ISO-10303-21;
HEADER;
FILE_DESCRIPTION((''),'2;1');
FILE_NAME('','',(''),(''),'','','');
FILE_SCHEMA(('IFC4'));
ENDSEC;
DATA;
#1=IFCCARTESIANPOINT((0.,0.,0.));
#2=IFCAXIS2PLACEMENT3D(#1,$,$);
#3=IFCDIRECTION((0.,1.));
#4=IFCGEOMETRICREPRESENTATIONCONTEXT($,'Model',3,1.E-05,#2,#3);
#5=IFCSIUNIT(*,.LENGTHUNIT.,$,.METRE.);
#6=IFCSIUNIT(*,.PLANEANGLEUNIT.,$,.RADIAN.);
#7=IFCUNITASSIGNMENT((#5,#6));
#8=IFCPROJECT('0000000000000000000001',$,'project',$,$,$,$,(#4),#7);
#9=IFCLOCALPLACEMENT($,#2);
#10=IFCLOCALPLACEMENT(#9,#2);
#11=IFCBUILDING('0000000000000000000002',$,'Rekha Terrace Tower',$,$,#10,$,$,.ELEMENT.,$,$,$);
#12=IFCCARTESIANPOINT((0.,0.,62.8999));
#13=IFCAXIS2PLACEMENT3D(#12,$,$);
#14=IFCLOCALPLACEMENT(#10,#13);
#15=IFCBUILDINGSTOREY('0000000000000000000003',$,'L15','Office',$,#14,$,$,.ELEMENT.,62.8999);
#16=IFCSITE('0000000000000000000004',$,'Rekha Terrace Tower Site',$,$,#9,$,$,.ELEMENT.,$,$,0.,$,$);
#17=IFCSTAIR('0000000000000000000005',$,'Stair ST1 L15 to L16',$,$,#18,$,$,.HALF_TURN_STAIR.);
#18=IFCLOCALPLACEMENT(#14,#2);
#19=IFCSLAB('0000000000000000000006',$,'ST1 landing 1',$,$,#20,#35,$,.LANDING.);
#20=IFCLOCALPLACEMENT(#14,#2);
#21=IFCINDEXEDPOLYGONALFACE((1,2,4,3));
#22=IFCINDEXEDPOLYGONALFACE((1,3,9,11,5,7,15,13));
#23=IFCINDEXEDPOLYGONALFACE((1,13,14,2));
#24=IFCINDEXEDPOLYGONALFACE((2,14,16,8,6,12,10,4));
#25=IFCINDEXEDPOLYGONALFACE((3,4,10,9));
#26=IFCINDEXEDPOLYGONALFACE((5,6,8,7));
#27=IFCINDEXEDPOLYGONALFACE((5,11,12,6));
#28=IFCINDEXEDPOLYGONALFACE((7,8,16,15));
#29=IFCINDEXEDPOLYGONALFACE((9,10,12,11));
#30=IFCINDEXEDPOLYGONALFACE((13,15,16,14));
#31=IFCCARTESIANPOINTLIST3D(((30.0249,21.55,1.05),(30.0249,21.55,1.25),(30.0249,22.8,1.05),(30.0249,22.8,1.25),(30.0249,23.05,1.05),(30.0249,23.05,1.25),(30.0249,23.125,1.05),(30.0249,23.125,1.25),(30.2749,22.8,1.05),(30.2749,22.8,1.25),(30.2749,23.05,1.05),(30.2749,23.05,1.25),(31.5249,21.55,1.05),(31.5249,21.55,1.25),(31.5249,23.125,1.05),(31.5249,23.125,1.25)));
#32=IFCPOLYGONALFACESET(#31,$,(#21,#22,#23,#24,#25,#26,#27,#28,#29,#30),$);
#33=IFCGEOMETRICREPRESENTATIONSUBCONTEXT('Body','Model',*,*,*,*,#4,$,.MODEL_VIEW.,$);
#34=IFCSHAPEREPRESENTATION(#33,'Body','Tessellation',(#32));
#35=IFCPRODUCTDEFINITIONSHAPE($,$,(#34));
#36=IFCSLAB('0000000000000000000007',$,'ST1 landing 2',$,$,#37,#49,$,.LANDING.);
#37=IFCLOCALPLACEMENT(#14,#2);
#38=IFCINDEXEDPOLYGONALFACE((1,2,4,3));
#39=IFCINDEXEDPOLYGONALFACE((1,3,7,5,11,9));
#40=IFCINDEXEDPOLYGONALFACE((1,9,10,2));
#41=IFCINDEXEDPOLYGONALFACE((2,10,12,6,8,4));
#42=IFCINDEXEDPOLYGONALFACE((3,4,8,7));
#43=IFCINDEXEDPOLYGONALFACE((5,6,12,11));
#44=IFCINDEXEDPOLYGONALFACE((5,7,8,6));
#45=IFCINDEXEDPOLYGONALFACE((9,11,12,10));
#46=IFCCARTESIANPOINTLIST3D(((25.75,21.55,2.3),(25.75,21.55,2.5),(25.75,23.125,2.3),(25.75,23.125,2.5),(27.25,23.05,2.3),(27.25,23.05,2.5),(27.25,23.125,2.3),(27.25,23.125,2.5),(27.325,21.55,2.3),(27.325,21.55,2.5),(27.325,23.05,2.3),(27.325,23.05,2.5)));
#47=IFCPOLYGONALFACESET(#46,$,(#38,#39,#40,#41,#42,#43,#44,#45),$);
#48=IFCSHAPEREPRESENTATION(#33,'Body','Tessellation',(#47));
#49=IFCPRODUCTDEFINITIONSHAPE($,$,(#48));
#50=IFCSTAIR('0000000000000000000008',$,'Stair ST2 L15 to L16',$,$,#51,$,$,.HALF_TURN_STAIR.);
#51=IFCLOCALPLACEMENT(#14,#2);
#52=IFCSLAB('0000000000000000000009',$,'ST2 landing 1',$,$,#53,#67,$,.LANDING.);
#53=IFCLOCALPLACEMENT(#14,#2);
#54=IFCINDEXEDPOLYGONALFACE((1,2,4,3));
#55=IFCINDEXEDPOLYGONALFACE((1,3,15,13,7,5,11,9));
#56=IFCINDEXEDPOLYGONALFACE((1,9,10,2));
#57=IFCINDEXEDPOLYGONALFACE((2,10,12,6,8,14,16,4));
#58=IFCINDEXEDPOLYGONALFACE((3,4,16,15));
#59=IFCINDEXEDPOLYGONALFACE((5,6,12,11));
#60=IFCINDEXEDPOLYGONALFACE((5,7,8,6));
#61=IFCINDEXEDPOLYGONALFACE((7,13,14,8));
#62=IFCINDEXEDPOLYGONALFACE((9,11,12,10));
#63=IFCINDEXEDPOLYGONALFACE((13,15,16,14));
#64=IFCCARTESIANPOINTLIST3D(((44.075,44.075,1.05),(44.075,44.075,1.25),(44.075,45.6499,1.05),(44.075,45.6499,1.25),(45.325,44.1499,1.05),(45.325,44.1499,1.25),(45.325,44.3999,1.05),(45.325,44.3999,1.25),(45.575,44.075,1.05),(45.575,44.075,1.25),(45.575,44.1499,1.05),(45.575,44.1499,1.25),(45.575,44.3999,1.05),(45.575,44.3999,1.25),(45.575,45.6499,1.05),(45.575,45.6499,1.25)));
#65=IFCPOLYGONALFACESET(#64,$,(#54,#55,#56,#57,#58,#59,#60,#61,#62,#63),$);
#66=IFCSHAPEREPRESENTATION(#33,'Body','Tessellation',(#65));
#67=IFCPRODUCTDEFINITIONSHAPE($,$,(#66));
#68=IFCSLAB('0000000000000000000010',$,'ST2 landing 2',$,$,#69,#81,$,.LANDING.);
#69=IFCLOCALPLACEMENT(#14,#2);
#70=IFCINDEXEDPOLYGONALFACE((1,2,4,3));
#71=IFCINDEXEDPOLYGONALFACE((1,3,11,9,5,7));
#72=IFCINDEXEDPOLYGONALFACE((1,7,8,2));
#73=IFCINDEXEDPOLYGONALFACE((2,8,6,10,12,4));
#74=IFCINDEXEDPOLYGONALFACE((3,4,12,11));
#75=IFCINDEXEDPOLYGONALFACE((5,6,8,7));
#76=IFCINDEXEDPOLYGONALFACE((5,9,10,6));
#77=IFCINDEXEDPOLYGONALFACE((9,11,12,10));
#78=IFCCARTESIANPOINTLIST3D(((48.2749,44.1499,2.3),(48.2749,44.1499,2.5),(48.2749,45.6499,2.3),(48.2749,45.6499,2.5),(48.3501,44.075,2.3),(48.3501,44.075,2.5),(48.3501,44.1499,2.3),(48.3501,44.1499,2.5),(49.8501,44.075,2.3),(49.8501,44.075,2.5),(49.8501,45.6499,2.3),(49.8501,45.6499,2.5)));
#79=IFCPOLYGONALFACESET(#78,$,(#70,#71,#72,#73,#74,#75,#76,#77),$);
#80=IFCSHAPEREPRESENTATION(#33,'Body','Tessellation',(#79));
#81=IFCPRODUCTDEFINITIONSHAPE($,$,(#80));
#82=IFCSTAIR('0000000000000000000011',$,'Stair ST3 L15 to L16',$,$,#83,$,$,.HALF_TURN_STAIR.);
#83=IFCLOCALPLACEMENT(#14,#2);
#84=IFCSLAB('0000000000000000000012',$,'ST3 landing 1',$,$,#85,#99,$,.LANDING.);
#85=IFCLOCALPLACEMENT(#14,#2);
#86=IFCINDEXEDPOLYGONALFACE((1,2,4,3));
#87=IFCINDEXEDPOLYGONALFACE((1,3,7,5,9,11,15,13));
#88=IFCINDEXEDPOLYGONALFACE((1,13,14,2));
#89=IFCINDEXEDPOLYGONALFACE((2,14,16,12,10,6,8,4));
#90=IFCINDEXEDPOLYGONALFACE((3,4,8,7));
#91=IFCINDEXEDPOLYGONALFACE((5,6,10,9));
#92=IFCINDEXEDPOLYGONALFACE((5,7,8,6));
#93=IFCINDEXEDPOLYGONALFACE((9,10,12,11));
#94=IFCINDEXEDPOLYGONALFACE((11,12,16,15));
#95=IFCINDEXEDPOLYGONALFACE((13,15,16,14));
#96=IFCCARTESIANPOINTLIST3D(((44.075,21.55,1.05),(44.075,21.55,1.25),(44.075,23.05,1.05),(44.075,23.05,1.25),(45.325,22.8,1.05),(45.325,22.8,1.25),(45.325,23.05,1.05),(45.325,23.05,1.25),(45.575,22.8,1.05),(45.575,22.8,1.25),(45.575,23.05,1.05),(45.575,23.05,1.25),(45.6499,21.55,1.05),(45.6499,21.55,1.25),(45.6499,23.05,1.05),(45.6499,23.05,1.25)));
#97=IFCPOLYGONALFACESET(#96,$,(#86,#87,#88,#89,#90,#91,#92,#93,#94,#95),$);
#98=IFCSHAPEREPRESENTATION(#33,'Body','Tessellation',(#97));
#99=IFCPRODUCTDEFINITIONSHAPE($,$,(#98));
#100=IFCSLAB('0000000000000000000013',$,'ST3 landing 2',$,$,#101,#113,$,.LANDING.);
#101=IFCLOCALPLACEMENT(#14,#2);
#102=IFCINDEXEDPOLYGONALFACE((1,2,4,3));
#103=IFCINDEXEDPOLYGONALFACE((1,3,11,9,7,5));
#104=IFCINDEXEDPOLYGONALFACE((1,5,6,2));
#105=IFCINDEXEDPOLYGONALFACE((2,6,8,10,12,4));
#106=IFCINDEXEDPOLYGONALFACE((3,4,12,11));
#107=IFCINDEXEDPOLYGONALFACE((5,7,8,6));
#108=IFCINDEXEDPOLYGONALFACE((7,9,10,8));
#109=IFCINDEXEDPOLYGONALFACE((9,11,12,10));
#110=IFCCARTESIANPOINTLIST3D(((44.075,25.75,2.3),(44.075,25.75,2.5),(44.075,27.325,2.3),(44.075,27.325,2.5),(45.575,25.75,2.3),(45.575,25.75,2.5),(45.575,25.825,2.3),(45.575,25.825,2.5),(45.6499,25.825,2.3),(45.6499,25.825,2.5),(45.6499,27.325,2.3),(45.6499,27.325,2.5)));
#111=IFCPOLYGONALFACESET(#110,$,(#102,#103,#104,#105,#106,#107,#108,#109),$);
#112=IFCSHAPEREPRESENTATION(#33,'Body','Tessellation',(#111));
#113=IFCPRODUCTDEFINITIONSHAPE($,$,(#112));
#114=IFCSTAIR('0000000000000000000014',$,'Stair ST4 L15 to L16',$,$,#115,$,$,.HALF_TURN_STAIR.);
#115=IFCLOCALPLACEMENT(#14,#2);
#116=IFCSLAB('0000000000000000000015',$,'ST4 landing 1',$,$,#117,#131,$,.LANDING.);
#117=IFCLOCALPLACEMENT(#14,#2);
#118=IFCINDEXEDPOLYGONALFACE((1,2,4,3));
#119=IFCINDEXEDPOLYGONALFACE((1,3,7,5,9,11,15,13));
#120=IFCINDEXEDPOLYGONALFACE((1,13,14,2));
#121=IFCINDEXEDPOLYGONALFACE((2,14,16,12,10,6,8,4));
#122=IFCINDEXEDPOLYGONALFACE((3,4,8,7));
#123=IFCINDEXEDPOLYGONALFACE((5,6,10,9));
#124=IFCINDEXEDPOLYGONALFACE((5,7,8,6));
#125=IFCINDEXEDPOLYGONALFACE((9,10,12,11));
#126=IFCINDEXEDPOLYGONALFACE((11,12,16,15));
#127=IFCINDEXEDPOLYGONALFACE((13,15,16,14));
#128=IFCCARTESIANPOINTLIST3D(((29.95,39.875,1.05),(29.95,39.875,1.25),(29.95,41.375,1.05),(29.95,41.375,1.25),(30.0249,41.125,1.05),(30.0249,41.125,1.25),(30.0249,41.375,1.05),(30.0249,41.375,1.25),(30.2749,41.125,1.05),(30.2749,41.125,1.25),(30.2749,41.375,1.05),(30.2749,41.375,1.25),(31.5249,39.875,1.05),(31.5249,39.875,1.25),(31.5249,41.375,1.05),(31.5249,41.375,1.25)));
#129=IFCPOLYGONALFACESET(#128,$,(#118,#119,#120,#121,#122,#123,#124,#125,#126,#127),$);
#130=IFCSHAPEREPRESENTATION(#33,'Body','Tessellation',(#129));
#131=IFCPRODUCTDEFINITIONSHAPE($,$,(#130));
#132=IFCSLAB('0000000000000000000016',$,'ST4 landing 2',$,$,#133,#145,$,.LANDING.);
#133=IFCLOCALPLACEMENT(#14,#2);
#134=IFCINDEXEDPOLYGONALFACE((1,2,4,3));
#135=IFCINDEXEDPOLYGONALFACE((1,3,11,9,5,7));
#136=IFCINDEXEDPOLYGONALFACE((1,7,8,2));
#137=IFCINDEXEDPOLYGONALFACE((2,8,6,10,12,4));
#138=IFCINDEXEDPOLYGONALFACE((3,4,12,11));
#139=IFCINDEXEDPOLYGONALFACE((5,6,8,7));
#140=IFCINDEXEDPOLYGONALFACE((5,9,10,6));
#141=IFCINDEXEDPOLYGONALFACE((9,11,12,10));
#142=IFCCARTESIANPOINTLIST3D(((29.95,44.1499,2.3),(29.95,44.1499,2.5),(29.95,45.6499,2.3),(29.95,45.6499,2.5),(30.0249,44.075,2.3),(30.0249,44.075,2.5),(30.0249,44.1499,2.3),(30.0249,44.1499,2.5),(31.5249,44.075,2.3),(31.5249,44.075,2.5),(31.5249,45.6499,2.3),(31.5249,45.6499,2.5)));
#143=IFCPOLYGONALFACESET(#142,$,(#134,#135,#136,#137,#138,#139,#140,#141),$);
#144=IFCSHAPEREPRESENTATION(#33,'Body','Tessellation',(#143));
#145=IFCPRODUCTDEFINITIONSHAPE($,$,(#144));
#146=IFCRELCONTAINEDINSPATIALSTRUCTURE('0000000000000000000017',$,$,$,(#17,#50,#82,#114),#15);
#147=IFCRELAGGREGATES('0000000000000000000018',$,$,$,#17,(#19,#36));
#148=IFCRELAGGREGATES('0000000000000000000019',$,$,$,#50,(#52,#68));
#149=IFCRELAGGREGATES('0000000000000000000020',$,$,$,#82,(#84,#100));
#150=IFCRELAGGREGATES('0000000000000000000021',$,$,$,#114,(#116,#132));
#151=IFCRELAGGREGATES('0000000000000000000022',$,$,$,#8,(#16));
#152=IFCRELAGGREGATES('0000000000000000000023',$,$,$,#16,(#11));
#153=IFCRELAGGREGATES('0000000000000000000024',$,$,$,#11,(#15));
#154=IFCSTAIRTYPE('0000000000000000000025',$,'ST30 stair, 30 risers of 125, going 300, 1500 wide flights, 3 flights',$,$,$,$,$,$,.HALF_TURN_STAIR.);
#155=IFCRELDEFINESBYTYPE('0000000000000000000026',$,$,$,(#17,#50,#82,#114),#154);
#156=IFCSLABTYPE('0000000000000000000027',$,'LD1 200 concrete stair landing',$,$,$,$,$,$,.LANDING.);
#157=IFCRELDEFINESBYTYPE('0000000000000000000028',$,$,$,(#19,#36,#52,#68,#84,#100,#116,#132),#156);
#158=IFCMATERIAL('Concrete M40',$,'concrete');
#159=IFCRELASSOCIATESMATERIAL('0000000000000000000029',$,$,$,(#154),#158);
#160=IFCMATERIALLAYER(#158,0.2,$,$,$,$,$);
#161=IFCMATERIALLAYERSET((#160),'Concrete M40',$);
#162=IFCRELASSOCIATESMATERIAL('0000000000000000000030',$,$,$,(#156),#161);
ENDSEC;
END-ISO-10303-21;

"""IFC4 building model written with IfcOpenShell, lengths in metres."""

from ifc_helpers import new_model, si_unit, direction, frame, origin, place, context, subcontext, project, spatial, polyline, outline, extrude, material, layer, layer_set, type_object, element, aggregate, save


model = new_model("IFC4")

# Units and contexts
model_context = context("Model", 3, precision=1e-05, world=origin(), true_north=direction((0.0, 1.0)))
body_context = subcontext(model_context, "Body", "Model", "MODEL_VIEW")
ifc_project = project(units=[si_unit("LENGTHUNIT", "METRE"), si_unit("PLANEANGLEUNIT", "RADIAN")], contexts=[model_context])

# Site, building, storey
site_placement = place(None, origin())
site = spatial("IfcSite", under=ifc_project, at=site_placement, Name="Rekha Terrace Tower Site", CompositionType="ELEMENT", RefElevation=0.0)
building_placement = place(site_placement, origin())
building = spatial("IfcBuilding", under=site, at=building_placement, Name="Rekha Terrace Tower", CompositionType="ELEMENT")
storey_placement = place(building_placement, frame((0.0, 0.0, 62.8999)))
storey = spatial("IfcBuildingStorey", under=building, at=storey_placement, Name="L15", Description="Office", CompositionType="ELEMENT", Elevation=62.8999)

# Stairs, slabs
ifc_material_1 = material(Name="Concrete M40", Category="concrete")
stair_type = type_object("IfcStairType", Name="ST30 stair, 30 risers of 125, going 300, 1500 wide flights, 3 flights", PredefinedType="HALF_TURN_STAIR", material=ifc_material_1)
stair_1_placement = place(storey_placement, origin())
stair_1 = element("IfcStair", 1, at=stair_1_placement, inside=storey, type_object=stair_type, Name="Stair ST1 L15 to L16", PredefinedType="HALF_TURN_STAIR")
ifc_layer_1 = layer(ifc_material_1, 0.2)
ifc_layer_set_1 = layer_set([ifc_layer_1], Name="Concrete M40")
slab_type_1 = type_object("IfcSlabType", Name="LD1 200 concrete stair landing", PredefinedType="LANDING", material=ifc_layer_set_1)
slab_1_placement = place(storey_placement, frame((0.0, 0.0, 1.05)))
slab_1 = element("IfcSlab", 2, at=slab_1_placement, type_object=slab_type_1, Name="ST1 landing 1", PredefinedType="LANDING", context=body_context, shape_type="SweptSolid", body=[
    extrude(outline(polyline([(30.0249, 21.55), (31.5249, 21.55), (31.5249, 23.125), (30.0249, 23.125), (30.0249, 23.05), (30.2749, 23.05), (30.2749, 22.8), (30.0249, 22.8), (30.0249, 21.55)])), origin(), (0.0, 0.0, 1.0), 0.2),
])
slab_2_placement = place(storey_placement, frame((0.0, 0.0, 2.3)))
slab_2 = element("IfcSlab", 3, at=slab_2_placement, type_object=slab_type_1, Name="ST1 landing 2", PredefinedType="LANDING", context=body_context, shape_type="SweptSolid", body=[
    extrude(outline(polyline([(27.25, 23.125), (25.75, 23.125), (25.75, 21.55), (27.325, 21.55), (27.325, 23.05), (27.25, 23.05), (27.25, 23.125)])), origin(), (0.0, 0.0, 1.0), 0.2),
])
aggregate(stair_1, [slab_1, slab_2])
stair_2_placement = place(storey_placement, origin())
stair_2 = element("IfcStair", 4, at=stair_2_placement, inside=storey, type_object=stair_type, Name="Stair ST2 L15 to L16", PredefinedType="HALF_TURN_STAIR")
slab_3_placement = place(storey_placement, frame((0.0, 0.0, 1.05)))
slab_3 = element("IfcSlab", 5, at=slab_3_placement, type_object=slab_type_1, Name="ST2 landing 1", PredefinedType="LANDING", context=body_context, shape_type="SweptSolid", body=[
    extrude(outline(polyline([(45.575, 45.6499), (44.075, 45.6499), (44.075, 44.075), (45.575, 44.075), (45.575, 44.1499), (45.325, 44.1499), (45.325, 44.3999), (45.575, 44.3999), (45.575, 45.6499)])), origin(), (0.0, 0.0, 1.0), 0.2),
])
slab_4_placement = place(storey_placement, frame((0.0, 0.0, 2.3)))
slab_4 = element("IfcSlab", 6, at=slab_4_placement, type_object=slab_type_1, Name="ST2 landing 2", PredefinedType="LANDING", context=body_context, shape_type="SweptSolid", body=[
    extrude(outline(polyline([(48.3501, 44.075), (49.8501, 44.075), (49.8501, 45.6499), (48.2749, 45.6499), (48.2749, 44.1499), (48.3501, 44.1499), (48.3501, 44.075)])), origin(), (0.0, 0.0, 1.0), 0.2),
])
aggregate(stair_2, [slab_3, slab_4])
stair_3_placement = place(storey_placement, origin())
stair_3 = element("IfcStair", 7, at=stair_3_placement, inside=storey, type_object=stair_type, Name="Stair ST3 L15 to L16", PredefinedType="HALF_TURN_STAIR")
slab_5_placement = place(storey_placement, frame((0.0, 0.0, 1.05)))
slab_5 = element("IfcSlab", 8, at=slab_5_placement, type_object=slab_type_1, Name="ST3 landing 1", PredefinedType="LANDING", context=body_context, shape_type="SweptSolid", body=[
    extrude(outline(polyline([(44.075, 23.05), (44.075, 21.55), (45.6499, 21.55), (45.6499, 23.05), (45.575, 23.05), (45.575, 22.8), (45.325, 22.8), (45.325, 23.05), (44.075, 23.05)])), origin(), (0.0, 0.0, 1.0), 0.2),
])
slab_6_placement = place(storey_placement, frame((0.0, 0.0, 2.3)))
slab_6 = element("IfcSlab", 9, at=slab_6_placement, type_object=slab_type_1, Name="ST3 landing 2", PredefinedType="LANDING", context=body_context, shape_type="SweptSolid", body=[
    extrude(outline(polyline([(45.6499, 25.825), (45.6499, 27.325), (44.075, 27.325), (44.075, 25.75), (45.575, 25.75), (45.575, 25.825), (45.6499, 25.825)])), origin(), (0.0, 0.0, 1.0), 0.2),
])
aggregate(stair_3, [slab_5, slab_6])
stair_4_placement = place(storey_placement, origin())
stair_4 = element("IfcStair", 10, at=stair_4_placement, inside=storey, type_object=stair_type, Name="Stair ST4 L15 to L16", PredefinedType="HALF_TURN_STAIR")
slab_7_placement = place(storey_placement, frame((0.0, 0.0, 1.05)))
slab_7 = element("IfcSlab", 11, at=slab_7_placement, type_object=slab_type_1, Name="ST4 landing 1", PredefinedType="LANDING", context=body_context, shape_type="SweptSolid", body=[
    extrude(outline(polyline([(31.5249, 41.375), (31.5249, 39.875), (29.95, 39.875), (29.95, 41.375), (30.0249, 41.375), (30.0249, 41.125), (30.2749, 41.125), (30.2749, 41.375), (31.5249, 41.375)])), origin(), (0.0, 0.0, 1.0), 0.2),
])
slab_8_placement = place(storey_placement, frame((0.0, 0.0, 2.3)))
slab_8 = element("IfcSlab", 12, at=slab_8_placement, type_object=slab_type_1, Name="ST4 landing 2", PredefinedType="LANDING", context=body_context, shape_type="SweptSolid", body=[
    extrude(outline(polyline([(29.95, 44.1499), (29.95, 45.6499), (31.5249, 45.6499), (31.5249, 44.075), (30.0249, 44.075), (30.0249, 44.1499), (29.95, 44.1499)])), origin(), (0.0, 0.0, 1.0), 0.2),
])
aggregate(stair_4, [slab_7, slab_8])

save(model, "model.ifc")
